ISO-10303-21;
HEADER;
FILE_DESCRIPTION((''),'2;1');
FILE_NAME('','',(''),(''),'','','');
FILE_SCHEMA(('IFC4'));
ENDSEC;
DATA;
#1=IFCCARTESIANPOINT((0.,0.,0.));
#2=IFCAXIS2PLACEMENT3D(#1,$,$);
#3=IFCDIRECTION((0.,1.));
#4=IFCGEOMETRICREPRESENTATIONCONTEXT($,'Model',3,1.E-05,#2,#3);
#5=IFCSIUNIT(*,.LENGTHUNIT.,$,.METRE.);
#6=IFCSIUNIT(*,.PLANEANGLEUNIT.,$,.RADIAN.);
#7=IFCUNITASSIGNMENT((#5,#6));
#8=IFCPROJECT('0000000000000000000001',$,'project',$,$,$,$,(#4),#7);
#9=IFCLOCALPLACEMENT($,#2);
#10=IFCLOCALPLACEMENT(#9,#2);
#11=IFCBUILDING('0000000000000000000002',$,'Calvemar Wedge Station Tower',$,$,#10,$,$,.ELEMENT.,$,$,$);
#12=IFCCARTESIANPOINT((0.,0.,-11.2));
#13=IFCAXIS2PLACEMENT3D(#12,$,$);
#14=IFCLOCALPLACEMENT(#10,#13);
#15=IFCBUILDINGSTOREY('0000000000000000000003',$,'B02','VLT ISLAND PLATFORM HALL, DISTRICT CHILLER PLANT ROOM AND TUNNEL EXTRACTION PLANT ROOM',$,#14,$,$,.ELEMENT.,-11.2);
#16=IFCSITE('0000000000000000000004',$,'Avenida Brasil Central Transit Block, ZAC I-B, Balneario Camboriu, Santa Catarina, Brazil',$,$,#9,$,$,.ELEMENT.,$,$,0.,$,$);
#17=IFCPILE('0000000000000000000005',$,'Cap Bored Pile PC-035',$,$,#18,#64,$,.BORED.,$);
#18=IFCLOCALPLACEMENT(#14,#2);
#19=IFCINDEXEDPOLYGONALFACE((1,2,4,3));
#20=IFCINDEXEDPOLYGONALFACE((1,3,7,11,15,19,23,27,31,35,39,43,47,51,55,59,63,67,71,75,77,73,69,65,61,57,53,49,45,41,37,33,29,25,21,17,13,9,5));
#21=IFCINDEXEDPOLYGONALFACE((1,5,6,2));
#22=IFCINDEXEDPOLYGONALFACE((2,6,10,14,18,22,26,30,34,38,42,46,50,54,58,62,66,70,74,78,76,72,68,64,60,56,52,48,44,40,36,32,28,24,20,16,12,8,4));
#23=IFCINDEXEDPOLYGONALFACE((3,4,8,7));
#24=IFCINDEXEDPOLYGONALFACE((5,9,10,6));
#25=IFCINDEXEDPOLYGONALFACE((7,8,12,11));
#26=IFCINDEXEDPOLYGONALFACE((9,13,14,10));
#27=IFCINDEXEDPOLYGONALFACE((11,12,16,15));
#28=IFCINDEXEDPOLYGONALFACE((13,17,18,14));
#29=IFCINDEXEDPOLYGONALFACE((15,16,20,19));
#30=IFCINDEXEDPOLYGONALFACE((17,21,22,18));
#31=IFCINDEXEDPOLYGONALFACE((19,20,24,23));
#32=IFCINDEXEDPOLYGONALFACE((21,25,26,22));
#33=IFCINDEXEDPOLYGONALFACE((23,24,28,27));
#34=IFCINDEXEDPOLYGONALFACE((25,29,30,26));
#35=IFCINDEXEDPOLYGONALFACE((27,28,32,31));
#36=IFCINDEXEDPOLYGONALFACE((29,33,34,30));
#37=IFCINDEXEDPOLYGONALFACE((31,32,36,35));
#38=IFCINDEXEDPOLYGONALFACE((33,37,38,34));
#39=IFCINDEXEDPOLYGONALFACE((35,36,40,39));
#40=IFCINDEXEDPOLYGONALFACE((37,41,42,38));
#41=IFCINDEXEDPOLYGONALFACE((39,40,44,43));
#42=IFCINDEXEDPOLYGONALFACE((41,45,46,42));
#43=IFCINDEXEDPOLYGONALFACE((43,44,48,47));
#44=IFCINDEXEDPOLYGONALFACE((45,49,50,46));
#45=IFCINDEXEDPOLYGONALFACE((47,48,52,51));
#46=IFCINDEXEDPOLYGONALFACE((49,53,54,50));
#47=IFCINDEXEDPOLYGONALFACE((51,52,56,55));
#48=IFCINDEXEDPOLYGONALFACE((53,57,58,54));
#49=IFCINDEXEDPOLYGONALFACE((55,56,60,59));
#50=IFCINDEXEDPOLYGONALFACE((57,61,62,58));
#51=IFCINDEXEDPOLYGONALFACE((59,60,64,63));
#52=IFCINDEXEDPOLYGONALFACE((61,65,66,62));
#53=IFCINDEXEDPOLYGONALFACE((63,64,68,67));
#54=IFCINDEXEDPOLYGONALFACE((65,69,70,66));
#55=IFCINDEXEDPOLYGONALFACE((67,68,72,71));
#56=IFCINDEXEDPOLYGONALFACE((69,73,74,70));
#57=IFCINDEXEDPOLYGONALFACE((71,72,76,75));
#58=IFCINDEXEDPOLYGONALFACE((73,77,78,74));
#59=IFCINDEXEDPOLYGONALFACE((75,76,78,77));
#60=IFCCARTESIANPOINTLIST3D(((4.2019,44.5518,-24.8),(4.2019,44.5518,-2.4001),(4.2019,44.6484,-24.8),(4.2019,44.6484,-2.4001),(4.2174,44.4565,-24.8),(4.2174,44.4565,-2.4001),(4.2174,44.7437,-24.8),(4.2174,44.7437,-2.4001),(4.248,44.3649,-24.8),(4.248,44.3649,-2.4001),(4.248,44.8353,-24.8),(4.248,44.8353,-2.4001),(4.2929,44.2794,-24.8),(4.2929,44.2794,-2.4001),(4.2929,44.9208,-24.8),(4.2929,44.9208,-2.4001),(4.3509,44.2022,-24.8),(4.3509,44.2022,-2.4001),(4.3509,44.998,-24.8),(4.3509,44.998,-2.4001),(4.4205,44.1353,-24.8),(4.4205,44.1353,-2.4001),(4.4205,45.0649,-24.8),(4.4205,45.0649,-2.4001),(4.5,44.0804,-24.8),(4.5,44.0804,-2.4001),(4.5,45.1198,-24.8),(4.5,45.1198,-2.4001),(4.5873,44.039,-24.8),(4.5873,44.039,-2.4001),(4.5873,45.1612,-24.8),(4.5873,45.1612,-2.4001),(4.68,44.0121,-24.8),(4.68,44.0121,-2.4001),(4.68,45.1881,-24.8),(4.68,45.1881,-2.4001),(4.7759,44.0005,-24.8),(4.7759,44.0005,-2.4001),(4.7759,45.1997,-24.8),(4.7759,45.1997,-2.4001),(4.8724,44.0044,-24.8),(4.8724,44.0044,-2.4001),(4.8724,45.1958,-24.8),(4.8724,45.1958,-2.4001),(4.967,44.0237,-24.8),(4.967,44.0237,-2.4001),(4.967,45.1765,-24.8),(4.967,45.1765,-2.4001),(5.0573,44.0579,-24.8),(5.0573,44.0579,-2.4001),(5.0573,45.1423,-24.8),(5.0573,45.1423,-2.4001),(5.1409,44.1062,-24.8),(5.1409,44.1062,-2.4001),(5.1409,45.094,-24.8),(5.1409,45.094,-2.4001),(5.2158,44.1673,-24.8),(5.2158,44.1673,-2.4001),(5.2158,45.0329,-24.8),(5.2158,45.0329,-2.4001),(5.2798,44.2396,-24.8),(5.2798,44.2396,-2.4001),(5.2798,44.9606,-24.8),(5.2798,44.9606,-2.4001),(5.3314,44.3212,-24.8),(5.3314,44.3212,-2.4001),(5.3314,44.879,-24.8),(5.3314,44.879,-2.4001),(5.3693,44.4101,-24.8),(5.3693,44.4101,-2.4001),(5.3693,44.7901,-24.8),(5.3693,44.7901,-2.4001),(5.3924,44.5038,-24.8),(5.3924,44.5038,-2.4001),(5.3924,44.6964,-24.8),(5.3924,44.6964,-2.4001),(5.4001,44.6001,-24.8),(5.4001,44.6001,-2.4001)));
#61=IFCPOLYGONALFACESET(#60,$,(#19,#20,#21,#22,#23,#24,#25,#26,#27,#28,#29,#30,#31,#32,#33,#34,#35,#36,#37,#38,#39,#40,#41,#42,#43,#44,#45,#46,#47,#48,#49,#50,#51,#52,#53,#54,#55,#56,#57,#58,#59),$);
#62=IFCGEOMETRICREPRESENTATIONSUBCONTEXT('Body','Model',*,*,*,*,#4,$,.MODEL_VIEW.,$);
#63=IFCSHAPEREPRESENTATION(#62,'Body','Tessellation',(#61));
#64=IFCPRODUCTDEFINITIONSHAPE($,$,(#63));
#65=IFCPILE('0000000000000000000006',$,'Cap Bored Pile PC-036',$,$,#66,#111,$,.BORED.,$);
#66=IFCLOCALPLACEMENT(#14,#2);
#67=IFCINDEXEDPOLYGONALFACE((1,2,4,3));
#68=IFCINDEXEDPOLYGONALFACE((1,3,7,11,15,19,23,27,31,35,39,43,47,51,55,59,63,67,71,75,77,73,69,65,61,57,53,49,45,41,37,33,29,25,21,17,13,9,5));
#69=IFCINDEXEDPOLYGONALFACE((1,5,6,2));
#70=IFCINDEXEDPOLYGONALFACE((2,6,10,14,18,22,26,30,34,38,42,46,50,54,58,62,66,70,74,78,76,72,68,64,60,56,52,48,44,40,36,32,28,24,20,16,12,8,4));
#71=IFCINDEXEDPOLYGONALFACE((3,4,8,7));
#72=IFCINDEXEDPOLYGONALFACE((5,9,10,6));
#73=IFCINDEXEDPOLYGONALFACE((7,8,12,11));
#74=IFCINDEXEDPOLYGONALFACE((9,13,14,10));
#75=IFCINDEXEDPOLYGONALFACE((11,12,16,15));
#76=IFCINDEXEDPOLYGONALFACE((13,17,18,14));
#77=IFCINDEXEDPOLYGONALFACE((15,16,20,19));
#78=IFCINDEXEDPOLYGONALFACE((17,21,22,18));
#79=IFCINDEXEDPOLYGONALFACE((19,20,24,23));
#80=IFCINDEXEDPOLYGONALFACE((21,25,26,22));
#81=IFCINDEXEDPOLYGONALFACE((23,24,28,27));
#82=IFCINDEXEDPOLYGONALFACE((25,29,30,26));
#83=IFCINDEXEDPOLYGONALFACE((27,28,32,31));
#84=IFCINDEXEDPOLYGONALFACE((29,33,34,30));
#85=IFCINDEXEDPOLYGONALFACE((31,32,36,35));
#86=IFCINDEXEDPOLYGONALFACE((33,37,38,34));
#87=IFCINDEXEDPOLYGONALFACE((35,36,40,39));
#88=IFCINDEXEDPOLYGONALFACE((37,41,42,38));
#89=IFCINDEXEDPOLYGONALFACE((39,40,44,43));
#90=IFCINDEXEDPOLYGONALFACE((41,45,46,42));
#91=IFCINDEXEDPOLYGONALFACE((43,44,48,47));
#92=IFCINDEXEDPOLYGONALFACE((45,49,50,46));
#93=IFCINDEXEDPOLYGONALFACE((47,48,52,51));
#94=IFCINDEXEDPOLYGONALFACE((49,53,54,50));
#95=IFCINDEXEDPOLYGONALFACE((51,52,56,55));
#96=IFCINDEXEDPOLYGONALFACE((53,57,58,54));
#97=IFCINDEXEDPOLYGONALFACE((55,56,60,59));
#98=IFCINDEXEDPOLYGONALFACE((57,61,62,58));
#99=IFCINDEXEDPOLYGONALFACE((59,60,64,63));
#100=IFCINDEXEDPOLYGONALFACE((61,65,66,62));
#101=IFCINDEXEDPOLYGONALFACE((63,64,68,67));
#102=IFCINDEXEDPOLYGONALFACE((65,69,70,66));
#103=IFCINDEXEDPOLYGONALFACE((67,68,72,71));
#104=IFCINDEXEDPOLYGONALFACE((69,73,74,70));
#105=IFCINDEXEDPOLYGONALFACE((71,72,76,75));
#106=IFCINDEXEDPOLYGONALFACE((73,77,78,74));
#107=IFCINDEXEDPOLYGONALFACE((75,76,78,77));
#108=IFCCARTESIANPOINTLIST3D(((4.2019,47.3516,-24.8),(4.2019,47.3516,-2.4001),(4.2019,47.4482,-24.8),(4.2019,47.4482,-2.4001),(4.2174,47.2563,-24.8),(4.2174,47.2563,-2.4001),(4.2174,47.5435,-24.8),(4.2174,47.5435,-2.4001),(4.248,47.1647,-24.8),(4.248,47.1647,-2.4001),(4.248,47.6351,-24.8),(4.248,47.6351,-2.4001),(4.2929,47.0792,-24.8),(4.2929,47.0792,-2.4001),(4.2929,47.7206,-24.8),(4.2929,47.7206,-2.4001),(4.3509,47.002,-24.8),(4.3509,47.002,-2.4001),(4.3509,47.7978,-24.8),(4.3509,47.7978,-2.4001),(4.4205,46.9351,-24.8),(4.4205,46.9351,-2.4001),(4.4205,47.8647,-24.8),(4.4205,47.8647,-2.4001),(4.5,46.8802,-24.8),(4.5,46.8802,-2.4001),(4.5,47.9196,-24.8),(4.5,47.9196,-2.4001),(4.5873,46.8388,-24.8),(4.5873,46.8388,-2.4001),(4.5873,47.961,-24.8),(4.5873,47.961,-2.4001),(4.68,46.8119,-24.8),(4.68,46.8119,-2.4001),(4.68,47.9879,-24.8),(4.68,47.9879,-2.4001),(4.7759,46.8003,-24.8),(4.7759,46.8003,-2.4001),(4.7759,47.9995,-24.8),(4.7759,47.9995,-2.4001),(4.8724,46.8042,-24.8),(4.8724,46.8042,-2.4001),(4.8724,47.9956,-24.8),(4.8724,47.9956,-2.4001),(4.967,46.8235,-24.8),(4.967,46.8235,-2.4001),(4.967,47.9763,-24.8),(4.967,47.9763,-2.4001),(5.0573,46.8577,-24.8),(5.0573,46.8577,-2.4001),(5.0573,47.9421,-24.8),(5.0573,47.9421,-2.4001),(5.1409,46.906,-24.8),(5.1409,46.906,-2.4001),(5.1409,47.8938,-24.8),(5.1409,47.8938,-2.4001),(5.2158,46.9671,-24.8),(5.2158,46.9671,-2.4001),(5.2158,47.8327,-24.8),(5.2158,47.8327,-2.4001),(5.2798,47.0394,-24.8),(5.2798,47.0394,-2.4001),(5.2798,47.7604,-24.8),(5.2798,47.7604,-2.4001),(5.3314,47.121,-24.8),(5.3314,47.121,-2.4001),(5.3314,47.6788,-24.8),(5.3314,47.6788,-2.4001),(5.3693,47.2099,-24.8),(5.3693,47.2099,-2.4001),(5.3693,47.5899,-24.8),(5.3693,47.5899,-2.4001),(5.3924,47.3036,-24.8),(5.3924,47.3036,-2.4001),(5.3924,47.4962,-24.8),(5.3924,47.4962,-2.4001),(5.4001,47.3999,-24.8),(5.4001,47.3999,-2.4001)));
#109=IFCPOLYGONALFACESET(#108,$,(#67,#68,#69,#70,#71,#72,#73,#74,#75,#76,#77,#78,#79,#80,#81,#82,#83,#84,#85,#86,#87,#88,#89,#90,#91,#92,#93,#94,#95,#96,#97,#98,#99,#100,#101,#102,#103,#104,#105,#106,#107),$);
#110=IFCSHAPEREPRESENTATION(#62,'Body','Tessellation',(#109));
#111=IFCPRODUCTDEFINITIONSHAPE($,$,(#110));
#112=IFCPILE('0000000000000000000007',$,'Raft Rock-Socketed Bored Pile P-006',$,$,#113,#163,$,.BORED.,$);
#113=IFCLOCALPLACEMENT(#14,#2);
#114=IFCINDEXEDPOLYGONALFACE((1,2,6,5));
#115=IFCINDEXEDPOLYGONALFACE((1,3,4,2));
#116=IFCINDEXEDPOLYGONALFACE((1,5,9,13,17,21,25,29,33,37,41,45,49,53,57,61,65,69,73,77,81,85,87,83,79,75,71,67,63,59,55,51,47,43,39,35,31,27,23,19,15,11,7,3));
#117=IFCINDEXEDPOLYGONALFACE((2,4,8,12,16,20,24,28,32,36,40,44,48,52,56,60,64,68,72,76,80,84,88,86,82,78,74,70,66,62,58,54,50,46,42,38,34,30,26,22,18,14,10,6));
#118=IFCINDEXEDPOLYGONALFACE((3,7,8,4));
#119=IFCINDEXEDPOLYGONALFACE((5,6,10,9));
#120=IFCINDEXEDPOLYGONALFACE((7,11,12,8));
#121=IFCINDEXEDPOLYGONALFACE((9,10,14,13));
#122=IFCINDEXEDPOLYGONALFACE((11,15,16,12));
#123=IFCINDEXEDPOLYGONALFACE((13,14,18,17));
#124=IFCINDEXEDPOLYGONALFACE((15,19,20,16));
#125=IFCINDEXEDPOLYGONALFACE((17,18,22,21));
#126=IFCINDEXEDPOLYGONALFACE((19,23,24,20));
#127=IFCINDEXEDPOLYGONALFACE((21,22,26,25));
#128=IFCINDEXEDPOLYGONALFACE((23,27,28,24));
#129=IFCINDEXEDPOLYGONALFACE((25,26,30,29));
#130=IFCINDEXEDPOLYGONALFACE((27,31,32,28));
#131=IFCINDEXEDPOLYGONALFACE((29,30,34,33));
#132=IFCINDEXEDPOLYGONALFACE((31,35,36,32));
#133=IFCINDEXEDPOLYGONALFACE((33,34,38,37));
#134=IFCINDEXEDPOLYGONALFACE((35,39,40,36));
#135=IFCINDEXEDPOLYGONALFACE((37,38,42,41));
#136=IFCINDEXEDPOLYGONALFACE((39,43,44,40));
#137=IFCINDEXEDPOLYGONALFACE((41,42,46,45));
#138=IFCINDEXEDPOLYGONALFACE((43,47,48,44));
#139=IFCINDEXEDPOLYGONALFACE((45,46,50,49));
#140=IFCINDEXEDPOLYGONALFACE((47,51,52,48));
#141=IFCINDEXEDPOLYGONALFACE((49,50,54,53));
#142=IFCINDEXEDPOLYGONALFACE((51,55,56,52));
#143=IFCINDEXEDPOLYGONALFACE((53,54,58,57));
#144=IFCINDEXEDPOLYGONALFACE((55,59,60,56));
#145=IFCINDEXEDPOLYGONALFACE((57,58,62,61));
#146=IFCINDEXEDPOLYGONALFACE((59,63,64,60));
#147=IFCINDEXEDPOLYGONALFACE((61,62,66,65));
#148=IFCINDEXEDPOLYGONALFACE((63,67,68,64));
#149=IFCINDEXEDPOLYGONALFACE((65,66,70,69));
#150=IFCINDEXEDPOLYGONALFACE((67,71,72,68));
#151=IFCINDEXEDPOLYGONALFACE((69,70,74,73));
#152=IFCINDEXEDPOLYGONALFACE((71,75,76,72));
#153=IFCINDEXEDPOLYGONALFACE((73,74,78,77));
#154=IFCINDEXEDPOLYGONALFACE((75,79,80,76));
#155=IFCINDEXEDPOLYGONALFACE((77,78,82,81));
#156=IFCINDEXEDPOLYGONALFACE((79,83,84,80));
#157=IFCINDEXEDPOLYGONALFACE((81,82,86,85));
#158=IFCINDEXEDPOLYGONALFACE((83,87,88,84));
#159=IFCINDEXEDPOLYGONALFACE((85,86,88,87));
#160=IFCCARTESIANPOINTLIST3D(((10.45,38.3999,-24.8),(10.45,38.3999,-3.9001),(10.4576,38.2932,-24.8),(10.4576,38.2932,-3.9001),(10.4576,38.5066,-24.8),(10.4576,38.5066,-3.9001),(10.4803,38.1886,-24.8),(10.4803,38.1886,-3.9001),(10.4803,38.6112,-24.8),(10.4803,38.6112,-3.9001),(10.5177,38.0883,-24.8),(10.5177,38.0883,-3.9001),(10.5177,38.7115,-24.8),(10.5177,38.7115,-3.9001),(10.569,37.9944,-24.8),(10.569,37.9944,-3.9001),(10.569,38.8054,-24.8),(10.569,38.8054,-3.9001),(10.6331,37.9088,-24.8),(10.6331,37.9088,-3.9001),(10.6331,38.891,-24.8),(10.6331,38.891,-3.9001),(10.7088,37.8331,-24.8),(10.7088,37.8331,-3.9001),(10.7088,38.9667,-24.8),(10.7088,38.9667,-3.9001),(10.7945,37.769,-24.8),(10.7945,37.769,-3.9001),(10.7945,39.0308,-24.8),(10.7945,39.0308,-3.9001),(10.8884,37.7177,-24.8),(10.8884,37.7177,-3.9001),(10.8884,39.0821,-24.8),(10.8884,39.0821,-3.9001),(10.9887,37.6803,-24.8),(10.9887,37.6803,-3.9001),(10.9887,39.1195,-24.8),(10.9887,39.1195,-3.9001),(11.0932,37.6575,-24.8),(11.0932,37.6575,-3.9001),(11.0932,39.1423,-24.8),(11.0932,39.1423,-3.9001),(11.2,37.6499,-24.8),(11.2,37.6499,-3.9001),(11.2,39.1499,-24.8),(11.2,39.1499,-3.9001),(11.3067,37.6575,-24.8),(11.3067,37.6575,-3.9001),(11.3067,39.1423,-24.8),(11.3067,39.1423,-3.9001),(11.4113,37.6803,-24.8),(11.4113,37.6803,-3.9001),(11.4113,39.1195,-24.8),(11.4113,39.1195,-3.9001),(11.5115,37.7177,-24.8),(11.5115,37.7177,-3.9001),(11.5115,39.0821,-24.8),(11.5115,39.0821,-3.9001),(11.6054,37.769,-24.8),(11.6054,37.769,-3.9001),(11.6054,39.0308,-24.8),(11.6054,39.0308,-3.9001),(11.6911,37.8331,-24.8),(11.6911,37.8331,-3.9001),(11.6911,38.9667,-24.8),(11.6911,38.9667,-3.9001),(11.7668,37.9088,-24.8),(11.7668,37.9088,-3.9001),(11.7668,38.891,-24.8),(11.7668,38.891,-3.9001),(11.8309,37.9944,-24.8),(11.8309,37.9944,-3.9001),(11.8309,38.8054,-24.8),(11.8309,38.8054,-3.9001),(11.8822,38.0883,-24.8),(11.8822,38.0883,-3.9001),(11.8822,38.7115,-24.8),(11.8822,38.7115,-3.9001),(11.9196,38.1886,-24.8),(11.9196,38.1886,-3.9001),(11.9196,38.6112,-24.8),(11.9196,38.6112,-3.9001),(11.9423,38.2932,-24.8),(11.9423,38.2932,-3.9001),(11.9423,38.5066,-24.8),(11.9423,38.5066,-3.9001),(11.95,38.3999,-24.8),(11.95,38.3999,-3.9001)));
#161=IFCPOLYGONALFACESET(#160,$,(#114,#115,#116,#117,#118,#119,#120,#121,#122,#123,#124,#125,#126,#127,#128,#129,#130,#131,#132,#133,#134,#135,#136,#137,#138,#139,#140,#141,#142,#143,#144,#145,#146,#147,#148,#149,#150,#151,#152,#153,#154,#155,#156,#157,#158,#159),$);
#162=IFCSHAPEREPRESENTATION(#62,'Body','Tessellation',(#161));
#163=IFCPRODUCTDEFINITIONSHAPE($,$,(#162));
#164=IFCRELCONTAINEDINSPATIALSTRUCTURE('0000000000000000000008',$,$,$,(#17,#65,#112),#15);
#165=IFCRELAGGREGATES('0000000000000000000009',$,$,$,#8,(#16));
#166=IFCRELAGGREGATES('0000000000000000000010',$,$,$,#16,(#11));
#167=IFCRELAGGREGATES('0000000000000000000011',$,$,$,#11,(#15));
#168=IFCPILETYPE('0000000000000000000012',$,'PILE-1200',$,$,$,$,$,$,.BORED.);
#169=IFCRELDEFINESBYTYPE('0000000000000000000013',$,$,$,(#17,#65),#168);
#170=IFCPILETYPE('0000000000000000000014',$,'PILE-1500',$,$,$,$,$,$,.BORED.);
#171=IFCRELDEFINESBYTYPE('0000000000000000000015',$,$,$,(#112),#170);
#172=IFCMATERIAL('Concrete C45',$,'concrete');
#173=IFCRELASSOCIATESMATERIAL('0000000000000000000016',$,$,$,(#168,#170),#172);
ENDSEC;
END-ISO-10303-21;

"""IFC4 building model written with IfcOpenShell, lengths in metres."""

from ifc_helpers import new_model, si_unit, direction, frame, origin, origin_2d, place, context, subcontext, project, spatial, circle, extrude, material, material_profile, profile_set, type_object, element, save


model = new_model("IFC4")

# Units and contexts
model_context = context("Model", 3, precision=1e-05, world=origin(), true_north=direction((0.0, 1.0)))
body_context = subcontext(model_context, "Body", "Model", "MODEL_VIEW")
ifc_project = project(units=[si_unit("LENGTHUNIT", "METRE"), si_unit("PLANEANGLEUNIT", "RADIAN")], contexts=[model_context])

# Site, building, storey
site_placement = place(None, origin())
site = spatial("IfcSite", under=ifc_project, at=site_placement, Name="Avenida Brasil Central Transit Block, ZAC I-B, Balneario Camboriu, Santa Catarina, Brazil", CompositionType="ELEMENT", RefElevation=0.0)
building_placement = place(site_placement, origin())
building = spatial("IfcBuilding", under=site, at=building_placement, Name="Calvemar Wedge Station Tower", CompositionType="ELEMENT")
storey_placement = place(building_placement, frame((0.0, 0.0, -11.2)))
storey = spatial("IfcBuildingStorey", under=building, at=storey_placement, Name="B02", Description="VLT ISLAND PLATFORM HALL, DISTRICT CHILLER PLANT ROOM AND TUNNEL EXTRACTION PLANT ROOM", CompositionType="ELEMENT", Elevation=-11.2)

# Piles
ifc_material_1 = material(Name="Concrete C45", Category="concrete")
ifc_material_profile_1 = material_profile(ifc_material_1, circle(Radius=0.6001, at=origin_2d()), Name="PILE-D1200")
ifc_profile_set_1 = profile_set([ifc_material_profile_1], Name="Concrete C45")
pile_type_1 = type_object("IfcPileType", Name="PILE-1200", PredefinedType="BORED", material=ifc_profile_set_1)
for number, where, z_axis, x_axis, name in (
    (1, (4.8, 44.6001, -2.4001), (0.0, 0.0, -1.0), (1.0, 0.0, 0.0), "Cap Bored Pile PC-035"),
    (2, (4.8, 47.3999, -2.4001), (0.0, 0.0, -1.0), (1.0, 0.0, 0.0), "Cap Bored Pile PC-036"),
):
    element("IfcPile", number, at=place(storey_placement, frame(where, z_axis=z_axis, x_axis=x_axis)), inside=storey, type_object=pile_type_1, Name=name, PredefinedType="BORED", context=body_context, shape_type="SweptSolid", body=[
        extrude(circle(Radius=0.6001, at=origin_2d()), origin(), (0.0, 0.0, 1.0), 22.3999),
    ])
ifc_material_profile_2 = material_profile(ifc_material_1, circle(Radius=0.75, at=origin_2d()), Name="PILE-D1500")
ifc_profile_set_2 = profile_set([ifc_material_profile_2], Name="Concrete C45")
pile_type_2 = type_object("IfcPileType", Name="PILE-1500", PredefinedType="BORED", material=ifc_profile_set_2)
for number, where, z_axis, x_axis, name in (
    (3, (11.2, 38.3999, -3.9001), (0.0, 0.0, -1.0), (1.0, 0.0, 0.0), "Raft Rock-Socketed Bored Pile P-006"),
):
    element("IfcPile", number, at=place(storey_placement, frame(where, z_axis=z_axis, x_axis=x_axis)), inside=storey, type_object=pile_type_2, Name=name, PredefinedType="BORED", context=body_context, shape_type="SweptSolid", body=[
        extrude(circle(Radius=0.75, at=origin_2d()), origin(), (0.0, 0.0, 1.0), 20.8999),
    ])

save(model, "model.ifc")
